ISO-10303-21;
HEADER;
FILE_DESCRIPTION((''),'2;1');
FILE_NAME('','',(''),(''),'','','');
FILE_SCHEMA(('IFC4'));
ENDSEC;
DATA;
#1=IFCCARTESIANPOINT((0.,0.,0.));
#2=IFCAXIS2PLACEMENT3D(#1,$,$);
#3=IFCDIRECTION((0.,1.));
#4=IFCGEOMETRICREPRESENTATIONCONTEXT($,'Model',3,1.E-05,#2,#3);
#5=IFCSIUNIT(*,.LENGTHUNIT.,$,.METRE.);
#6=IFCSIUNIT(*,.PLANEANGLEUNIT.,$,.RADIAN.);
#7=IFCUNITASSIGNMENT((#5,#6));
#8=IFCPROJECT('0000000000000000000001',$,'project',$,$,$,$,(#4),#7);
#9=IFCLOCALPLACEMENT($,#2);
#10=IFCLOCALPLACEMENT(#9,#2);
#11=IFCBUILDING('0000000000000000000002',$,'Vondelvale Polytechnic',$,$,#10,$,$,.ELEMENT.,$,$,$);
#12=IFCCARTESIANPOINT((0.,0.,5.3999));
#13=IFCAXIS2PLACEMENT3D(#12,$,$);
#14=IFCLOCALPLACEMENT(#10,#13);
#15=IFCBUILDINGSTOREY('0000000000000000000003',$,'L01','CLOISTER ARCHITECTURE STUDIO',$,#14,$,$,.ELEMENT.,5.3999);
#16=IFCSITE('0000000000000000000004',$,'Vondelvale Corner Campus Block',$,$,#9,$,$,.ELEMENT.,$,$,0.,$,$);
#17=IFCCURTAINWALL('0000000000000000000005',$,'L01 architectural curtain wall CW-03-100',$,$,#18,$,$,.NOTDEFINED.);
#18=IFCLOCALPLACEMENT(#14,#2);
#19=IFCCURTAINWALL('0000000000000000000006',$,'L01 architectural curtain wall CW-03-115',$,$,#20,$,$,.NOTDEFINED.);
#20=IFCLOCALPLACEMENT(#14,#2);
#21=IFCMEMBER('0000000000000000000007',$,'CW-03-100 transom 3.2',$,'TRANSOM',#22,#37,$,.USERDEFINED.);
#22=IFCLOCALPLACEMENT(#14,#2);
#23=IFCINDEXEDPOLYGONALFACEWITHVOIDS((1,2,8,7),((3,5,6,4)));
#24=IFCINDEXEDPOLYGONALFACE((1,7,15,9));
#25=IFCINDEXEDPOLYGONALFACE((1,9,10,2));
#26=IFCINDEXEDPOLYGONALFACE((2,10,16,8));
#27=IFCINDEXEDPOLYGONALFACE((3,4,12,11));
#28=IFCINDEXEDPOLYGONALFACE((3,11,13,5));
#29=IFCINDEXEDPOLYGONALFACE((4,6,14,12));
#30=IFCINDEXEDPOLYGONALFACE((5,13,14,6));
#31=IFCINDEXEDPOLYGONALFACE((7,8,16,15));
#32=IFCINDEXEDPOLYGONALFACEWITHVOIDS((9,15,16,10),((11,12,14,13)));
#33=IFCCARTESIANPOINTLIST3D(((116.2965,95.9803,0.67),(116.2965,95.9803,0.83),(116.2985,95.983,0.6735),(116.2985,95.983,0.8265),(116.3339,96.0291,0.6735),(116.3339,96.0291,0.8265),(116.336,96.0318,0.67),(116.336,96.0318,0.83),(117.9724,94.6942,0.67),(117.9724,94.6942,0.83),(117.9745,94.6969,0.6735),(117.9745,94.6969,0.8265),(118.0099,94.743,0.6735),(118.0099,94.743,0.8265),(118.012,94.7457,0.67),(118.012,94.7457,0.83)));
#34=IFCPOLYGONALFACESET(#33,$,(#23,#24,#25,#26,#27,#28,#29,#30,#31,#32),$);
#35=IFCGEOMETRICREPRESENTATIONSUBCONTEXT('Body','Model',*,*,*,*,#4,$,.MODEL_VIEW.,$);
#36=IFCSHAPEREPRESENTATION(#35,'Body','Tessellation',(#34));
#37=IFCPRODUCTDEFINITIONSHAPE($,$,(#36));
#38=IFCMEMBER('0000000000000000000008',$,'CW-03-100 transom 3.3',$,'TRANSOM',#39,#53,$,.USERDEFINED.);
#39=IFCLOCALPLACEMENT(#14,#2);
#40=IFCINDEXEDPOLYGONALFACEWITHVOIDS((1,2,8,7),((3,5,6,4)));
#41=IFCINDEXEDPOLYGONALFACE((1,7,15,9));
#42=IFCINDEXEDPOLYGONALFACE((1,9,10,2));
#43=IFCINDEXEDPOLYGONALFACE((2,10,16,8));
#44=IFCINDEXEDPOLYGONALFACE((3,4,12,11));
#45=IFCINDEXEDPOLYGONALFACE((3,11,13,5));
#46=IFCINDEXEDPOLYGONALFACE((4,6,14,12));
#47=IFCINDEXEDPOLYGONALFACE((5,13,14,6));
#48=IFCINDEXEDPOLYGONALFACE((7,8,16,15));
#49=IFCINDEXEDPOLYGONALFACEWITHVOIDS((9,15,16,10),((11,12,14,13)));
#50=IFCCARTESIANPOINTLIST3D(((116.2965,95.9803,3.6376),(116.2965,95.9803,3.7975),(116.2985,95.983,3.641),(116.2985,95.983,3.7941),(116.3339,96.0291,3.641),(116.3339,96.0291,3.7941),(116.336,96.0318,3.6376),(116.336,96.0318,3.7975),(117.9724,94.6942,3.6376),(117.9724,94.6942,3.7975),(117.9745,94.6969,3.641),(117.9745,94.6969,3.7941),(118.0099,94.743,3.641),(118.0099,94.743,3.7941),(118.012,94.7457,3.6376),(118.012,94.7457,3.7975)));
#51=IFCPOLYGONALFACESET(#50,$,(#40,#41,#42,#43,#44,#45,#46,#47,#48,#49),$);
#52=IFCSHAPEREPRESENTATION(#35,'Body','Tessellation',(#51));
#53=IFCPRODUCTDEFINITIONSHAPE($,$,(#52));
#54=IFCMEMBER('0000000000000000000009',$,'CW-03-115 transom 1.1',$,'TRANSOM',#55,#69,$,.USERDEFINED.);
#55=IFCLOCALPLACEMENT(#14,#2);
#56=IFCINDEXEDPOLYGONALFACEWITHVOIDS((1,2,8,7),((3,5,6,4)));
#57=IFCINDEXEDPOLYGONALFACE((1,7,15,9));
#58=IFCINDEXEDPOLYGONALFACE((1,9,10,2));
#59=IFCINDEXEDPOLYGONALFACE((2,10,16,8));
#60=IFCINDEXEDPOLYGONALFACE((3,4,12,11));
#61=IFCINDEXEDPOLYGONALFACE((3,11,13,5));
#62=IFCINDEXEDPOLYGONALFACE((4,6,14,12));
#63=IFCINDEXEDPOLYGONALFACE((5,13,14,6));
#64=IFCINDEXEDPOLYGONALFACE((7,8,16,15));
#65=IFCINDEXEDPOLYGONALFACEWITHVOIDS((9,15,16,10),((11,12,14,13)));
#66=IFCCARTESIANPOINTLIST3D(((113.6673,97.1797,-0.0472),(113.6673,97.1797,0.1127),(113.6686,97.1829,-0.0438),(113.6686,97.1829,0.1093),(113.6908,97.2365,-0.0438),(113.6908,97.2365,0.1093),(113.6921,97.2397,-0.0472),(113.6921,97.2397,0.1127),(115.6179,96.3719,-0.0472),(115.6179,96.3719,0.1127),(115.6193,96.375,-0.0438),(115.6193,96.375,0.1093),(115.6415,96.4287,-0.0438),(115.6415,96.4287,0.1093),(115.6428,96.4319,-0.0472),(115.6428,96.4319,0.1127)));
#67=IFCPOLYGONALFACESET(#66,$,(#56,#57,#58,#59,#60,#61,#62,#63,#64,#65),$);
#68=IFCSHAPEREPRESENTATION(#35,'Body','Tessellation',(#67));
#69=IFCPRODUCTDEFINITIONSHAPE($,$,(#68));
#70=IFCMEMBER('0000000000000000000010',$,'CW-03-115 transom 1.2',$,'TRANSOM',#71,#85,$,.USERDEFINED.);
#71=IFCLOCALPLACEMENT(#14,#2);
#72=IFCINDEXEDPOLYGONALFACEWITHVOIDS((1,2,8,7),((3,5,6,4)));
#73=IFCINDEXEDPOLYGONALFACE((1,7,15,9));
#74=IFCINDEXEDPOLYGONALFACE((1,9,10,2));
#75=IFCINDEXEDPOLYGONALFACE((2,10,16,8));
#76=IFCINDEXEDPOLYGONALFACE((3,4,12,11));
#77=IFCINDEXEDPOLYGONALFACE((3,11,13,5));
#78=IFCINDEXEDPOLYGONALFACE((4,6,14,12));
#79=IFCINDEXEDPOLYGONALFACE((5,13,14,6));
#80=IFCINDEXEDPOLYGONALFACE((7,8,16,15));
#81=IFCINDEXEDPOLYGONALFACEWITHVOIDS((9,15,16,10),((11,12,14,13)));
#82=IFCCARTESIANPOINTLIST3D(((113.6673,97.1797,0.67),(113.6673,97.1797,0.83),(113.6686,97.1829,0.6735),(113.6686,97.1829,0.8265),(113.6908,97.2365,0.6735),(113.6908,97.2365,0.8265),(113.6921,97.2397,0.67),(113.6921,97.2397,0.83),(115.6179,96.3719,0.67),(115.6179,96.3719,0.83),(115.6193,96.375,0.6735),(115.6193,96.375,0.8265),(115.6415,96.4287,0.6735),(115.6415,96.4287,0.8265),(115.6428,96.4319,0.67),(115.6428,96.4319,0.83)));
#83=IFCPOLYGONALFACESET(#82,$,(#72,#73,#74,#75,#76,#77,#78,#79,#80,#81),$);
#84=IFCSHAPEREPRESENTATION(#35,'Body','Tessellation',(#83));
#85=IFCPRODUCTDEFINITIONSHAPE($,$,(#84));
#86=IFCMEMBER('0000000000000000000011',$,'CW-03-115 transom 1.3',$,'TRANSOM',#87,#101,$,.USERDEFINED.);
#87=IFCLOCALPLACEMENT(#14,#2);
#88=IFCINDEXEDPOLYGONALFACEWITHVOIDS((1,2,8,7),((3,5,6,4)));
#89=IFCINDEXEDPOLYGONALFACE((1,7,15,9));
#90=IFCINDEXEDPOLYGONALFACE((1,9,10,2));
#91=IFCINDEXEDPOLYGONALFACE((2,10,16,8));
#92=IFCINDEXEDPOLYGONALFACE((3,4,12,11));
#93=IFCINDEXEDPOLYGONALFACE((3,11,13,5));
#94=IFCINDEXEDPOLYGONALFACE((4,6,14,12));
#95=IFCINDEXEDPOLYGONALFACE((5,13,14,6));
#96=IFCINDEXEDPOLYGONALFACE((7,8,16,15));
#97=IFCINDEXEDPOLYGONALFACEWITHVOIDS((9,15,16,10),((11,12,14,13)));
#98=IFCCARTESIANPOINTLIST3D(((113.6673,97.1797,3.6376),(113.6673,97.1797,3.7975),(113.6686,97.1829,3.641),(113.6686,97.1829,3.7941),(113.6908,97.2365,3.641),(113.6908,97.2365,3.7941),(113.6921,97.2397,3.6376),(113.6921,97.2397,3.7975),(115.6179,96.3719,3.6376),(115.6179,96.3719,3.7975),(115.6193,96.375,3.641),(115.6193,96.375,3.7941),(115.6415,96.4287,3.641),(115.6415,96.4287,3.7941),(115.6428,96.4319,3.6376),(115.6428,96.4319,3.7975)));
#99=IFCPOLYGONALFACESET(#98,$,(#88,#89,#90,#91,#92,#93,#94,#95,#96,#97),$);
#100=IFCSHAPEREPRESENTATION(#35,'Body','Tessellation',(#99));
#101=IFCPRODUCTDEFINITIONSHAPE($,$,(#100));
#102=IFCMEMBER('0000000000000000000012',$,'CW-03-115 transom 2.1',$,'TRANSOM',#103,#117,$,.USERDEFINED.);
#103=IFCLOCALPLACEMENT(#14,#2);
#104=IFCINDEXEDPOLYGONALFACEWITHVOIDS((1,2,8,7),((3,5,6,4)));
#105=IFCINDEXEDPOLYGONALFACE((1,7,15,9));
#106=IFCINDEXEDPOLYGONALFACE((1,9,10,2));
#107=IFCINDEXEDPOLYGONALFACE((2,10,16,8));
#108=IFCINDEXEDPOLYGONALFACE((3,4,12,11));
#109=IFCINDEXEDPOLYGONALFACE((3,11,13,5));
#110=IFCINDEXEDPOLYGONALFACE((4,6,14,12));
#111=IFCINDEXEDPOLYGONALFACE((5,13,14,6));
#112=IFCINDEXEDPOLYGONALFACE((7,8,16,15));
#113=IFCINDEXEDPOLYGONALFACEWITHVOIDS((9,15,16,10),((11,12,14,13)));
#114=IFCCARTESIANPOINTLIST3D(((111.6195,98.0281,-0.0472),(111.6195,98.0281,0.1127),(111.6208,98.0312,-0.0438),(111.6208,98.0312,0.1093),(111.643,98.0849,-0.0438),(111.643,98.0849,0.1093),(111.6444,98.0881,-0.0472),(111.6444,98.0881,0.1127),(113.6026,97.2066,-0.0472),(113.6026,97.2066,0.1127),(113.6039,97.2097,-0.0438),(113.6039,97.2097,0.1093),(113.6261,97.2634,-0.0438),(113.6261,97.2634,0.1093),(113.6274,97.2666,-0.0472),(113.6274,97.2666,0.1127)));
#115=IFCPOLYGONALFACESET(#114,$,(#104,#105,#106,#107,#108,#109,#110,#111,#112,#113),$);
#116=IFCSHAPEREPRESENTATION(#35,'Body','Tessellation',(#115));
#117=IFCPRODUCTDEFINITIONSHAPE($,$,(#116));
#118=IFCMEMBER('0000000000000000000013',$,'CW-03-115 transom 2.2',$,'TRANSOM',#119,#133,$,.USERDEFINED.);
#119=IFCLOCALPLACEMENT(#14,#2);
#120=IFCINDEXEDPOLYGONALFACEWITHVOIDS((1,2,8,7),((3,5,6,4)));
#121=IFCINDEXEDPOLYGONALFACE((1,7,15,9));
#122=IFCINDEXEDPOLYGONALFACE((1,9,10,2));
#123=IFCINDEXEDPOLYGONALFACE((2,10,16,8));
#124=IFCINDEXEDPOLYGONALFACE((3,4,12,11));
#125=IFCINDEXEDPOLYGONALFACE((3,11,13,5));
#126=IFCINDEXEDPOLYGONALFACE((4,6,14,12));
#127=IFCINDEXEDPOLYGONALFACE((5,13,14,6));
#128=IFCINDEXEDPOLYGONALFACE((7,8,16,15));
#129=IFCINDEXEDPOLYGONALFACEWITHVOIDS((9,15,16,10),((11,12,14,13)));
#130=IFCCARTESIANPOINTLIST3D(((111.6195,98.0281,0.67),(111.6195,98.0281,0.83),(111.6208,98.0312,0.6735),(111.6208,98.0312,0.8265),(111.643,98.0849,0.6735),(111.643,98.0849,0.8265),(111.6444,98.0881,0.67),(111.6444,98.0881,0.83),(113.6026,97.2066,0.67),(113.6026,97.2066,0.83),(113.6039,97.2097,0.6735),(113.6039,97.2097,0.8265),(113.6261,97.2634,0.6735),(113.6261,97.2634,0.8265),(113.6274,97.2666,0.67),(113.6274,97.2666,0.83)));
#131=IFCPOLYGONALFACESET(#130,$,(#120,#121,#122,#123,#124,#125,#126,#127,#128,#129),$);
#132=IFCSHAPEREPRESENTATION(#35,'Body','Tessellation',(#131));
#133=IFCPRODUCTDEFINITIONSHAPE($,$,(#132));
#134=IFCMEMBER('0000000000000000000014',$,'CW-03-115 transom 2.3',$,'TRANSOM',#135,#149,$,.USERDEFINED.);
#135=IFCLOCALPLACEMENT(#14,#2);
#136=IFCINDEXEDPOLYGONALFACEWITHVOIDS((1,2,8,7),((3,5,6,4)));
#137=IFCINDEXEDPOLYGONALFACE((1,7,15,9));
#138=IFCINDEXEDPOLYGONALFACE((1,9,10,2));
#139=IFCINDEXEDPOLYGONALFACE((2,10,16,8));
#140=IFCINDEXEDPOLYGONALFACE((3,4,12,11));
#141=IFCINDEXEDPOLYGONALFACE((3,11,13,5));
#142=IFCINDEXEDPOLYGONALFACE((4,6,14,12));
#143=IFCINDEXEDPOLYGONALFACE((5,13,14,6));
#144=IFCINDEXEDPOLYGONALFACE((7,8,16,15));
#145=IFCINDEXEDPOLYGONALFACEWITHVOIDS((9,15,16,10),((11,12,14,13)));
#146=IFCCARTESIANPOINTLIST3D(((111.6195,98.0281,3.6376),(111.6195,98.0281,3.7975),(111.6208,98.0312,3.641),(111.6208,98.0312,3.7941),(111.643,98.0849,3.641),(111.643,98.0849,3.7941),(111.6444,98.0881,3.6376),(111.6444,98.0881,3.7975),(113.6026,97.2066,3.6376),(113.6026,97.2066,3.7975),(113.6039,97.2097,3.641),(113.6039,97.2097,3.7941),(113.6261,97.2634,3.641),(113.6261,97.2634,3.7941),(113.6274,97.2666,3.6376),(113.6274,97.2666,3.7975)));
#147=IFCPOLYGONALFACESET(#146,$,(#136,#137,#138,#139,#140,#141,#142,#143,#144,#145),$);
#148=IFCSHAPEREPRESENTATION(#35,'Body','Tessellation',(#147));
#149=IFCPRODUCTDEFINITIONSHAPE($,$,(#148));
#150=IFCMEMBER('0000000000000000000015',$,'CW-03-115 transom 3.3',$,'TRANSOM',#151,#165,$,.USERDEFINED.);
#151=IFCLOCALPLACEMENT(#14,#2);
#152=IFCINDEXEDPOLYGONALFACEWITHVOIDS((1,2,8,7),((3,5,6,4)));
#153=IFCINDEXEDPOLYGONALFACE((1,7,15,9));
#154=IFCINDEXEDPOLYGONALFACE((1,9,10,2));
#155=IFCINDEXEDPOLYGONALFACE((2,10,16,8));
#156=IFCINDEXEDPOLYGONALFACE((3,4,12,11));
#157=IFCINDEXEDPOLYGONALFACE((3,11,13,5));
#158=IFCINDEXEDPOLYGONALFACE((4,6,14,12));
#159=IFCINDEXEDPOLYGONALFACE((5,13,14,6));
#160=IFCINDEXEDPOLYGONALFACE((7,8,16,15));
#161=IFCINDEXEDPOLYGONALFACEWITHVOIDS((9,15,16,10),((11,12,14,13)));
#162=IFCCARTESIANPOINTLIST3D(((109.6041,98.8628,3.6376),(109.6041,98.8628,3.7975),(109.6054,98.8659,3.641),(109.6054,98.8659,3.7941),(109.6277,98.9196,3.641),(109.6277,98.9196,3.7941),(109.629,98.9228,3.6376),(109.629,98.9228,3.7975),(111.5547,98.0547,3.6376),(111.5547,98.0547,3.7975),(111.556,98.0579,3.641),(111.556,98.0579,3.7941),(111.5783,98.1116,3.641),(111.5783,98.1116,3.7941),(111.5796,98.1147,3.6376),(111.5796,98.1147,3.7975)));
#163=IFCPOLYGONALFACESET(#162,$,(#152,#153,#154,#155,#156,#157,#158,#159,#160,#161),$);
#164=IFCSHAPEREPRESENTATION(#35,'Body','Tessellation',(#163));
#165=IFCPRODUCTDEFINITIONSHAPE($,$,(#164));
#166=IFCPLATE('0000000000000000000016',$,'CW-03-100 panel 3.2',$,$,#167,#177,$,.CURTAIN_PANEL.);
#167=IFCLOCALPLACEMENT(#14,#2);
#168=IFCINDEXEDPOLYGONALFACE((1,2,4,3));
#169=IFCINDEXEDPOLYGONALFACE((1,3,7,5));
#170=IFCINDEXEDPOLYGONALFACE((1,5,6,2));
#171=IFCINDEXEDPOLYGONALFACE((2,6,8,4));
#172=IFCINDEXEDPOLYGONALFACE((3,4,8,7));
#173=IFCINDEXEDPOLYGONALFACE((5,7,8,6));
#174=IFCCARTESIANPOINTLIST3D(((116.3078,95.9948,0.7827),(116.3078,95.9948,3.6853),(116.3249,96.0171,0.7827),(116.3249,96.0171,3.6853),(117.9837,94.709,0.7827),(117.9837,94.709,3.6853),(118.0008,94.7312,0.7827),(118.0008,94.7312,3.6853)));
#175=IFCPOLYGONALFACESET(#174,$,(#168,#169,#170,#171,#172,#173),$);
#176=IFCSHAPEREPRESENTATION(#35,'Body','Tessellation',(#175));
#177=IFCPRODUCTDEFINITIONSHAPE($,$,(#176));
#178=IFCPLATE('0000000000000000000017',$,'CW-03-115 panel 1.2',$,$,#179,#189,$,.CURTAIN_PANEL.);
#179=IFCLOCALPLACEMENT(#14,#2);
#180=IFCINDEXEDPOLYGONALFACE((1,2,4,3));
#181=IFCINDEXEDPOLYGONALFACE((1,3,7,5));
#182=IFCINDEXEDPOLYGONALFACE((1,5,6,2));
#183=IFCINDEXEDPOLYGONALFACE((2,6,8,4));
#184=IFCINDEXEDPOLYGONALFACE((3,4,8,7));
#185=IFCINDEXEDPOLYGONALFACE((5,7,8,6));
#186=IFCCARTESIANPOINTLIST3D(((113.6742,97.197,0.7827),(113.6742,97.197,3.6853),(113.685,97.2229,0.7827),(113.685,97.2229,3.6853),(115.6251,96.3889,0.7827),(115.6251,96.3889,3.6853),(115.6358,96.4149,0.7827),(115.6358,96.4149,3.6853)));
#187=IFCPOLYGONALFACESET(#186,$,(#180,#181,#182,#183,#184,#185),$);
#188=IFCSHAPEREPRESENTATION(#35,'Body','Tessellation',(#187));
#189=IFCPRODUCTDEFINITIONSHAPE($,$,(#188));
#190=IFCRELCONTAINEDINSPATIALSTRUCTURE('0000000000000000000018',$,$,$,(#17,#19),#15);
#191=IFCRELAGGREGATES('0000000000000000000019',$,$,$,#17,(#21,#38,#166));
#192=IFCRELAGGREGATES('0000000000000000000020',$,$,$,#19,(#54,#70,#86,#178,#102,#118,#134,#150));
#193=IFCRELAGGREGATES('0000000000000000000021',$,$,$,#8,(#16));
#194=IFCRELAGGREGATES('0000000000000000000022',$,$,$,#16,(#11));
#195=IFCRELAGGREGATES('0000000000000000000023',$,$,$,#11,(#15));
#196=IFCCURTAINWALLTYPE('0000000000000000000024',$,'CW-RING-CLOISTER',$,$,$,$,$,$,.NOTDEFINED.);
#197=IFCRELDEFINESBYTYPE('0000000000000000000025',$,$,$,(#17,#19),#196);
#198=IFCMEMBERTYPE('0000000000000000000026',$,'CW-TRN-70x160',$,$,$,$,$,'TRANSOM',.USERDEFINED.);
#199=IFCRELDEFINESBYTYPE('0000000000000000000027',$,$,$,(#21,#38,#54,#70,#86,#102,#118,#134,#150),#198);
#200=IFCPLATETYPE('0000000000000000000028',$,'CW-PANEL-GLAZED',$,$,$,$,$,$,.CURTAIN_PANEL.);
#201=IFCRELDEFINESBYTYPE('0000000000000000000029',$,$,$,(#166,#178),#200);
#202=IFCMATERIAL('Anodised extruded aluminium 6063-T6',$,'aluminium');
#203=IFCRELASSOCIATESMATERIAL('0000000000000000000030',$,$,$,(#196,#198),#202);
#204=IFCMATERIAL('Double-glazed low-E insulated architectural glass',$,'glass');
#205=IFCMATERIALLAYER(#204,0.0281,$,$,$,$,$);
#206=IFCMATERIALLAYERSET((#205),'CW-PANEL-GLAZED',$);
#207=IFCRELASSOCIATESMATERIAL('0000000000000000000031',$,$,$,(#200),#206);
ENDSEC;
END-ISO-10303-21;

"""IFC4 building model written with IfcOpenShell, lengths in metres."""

from ifc_helpers import new_model, si_unit, direction, frame, origin, origin_2d, place, context, subcontext, project, spatial, rectangle, hollow_rectangle, extrude, material, layer, layer_set, material_profile, profile_set, type_object, element, aggregate, save


model = new_model("IFC4")

# Units and contexts
model_context = context("Model", 3, precision=1e-05, world=origin(), true_north=direction((0.0, 1.0)))
body_context = subcontext(model_context, "Body", "Model", "MODEL_VIEW")
ifc_project = project(units=[si_unit("LENGTHUNIT", "METRE"), si_unit("PLANEANGLEUNIT", "RADIAN")], contexts=[model_context])

# Site, building, storey
site_placement = place(None, origin())
site = spatial("IfcSite", under=ifc_project, at=site_placement, Name="Vondelvale Corner Campus Block", CompositionType="ELEMENT", RefElevation=0.0)
building_placement = place(site_placement, origin())
building = spatial("IfcBuilding", under=site, at=building_placement, Name="Vondelvale Polytechnic", CompositionType="ELEMENT")
storey_placement = place(building_placement, frame((0.0, 0.0, 5.3999)))
storey = spatial("IfcBuildingStorey", under=building, at=storey_placement, Name="L01", Description="CLOISTER ARCHITECTURE STUDIO", CompositionType="ELEMENT", Elevation=5.3999)

# Curtain wall
ifc_material_1 = material(Name="Anodised extruded aluminium 6063-T6", Category="aluminium")
curtain_wall_type = type_object("IfcCurtainWallType", Name="CW-RING-CLOISTER", PredefinedType="NOTDEFINED", material=ifc_material_1)
curtain_wall_1_placement = place(storey_placement, origin())
curtain_wall_1 = element("IfcCurtainWall", 1, at=curtain_wall_1_placement, inside=storey, type_object=curtain_wall_type, Name="L01 architectural curtain wall CW-03-100", PredefinedType="NOTDEFINED")

# Curtain wall
curtain_wall_2_placement = place(storey_placement, origin())
curtain_wall_2 = element("IfcCurtainWall", 2, at=curtain_wall_2_placement, inside=storey, type_object=curtain_wall_type, Name="L01 architectural curtain wall CW-03-115", PredefinedType="NOTDEFINED")

# Members
ifc_material_profile_1 = material_profile(ifc_material_1, hollow_rectangle(XDim=0.0649, YDim=0.1599, WallThickness=0.0034, at=origin_2d()), Name="CW-TRN-160x65")
ifc_profile_set_1 = profile_set([ifc_material_profile_1], Name="Anodised extruded aluminium 6063-T6")
member_type_1 = type_object("IfcMemberType", Name="CW-TRN-70x160", ElementType="TRANSOM", PredefinedType="USERDEFINED", material=ifc_profile_set_1)
member_1_placement = place(storey_placement, frame((117.9922, 94.72, 0.75), z_axis=(-0.793337, 0.608783, 0.0), x_axis=(-0.608783, -0.793337, 0.0)))
member_1 = element("IfcMember", 3, at=member_1_placement, type_object=member_type_1, Name="CW-03-100 transom 3.2", ObjectType="TRANSOM", PredefinedType="USERDEFINED", context=body_context, shape_type="SweptSolid", body=[
    extrude(hollow_rectangle(XDim=0.0649, YDim=0.1599, WallThickness=0.0034, at=origin_2d()), origin(), (0.0, 0.0, 1.0), 2.1125),
])
member_2_placement = place(storey_placement, frame((117.9922, 94.72, 3.7175), z_axis=(-0.793337, 0.608783, 0.0), x_axis=(-0.608783, -0.793337, 0.0)))
member_2 = element("IfcMember", 4, at=member_2_placement, type_object=member_type_1, Name="CW-03-100 transom 3.3", ObjectType="TRANSOM", PredefinedType="USERDEFINED", context=body_context, shape_type="SweptSolid", body=[
    extrude(hollow_rectangle(XDim=0.0649, YDim=0.1599, WallThickness=0.0034, at=origin_2d()), origin(), (0.0, 0.0, 1.0), 2.1125),
])
member_3_placement = place(storey_placement, frame((115.6304, 96.4019, 0.0327), z_axis=(-0.923903, 0.382628, 0.0), x_axis=(-0.382628, -0.923903, 0.0)))
member_3 = element("IfcMember", 5, at=member_3_placement, type_object=member_type_1, Name="CW-03-115 transom 1.1", ObjectType="TRANSOM", PredefinedType="USERDEFINED", context=body_context, shape_type="SweptSolid", body=[
    extrude(hollow_rectangle(XDim=0.0649, YDim=0.1599, WallThickness=0.0034, at=origin_2d()), origin(), (0.0, 0.0, 1.0), 2.1113),
])
member_4_placement = place(storey_placement, frame((115.6304, 96.4019, 0.75), z_axis=(-0.923903, 0.382628, 0.0), x_axis=(-0.382628, -0.923903, 0.0)))
member_4 = element("IfcMember", 6, at=member_4_placement, type_object=member_type_1, Name="CW-03-115 transom 1.2", ObjectType="TRANSOM", PredefinedType="USERDEFINED", context=body_context, shape_type="SweptSolid", body=[
    extrude(hollow_rectangle(XDim=0.0649, YDim=0.1599, WallThickness=0.0034, at=origin_2d()), origin(), (0.0, 0.0, 1.0), 2.1113),
])
member_5_placement = place(storey_placement, frame((115.6304, 96.4019, 3.7175), z_axis=(-0.923903, 0.382628, 0.0), x_axis=(-0.382628, -0.923903, 0.0)))
member_5 = element("IfcMember", 7, at=member_5_placement, type_object=member_type_1, Name="CW-03-115 transom 1.3", ObjectType="TRANSOM", PredefinedType="USERDEFINED", context=body_context, shape_type="SweptSolid", body=[
    extrude(hollow_rectangle(XDim=0.0649, YDim=0.1599, WallThickness=0.0034, at=origin_2d()), origin(), (0.0, 0.0, 1.0), 2.1113),
])
member_6_placement = place(storey_placement, frame((113.615, 97.2366, 0.0327), z_axis=(-0.923866, 0.382717, 0.0), x_axis=(-0.382717, -0.923866, 0.0)))
member_6 = element("IfcMember", 8, at=member_6_placement, type_object=member_type_1, Name="CW-03-115 transom 2.1", ObjectType="TRANSOM", PredefinedType="USERDEFINED", context=body_context, shape_type="SweptSolid", body=[
    extrude(hollow_rectangle(XDim=0.0649, YDim=0.1599, WallThickness=0.0034, at=origin_2d()), origin(), (0.0, 0.0, 1.0), 2.1465),
])
member_7_placement = place(storey_placement, frame((113.615, 97.2366, 0.75), z_axis=(-0.923866, 0.382717, 0.0), x_axis=(-0.382717, -0.923866, 0.0)))
member_7 = element("IfcMember", 9, at=member_7_placement, type_object=member_type_1, Name="CW-03-115 transom 2.2", ObjectType="TRANSOM", PredefinedType="USERDEFINED", context=body_context, shape_type="SweptSolid", body=[
    extrude(hollow_rectangle(XDim=0.0649, YDim=0.1599, WallThickness=0.0034, at=origin_2d()), origin(), (0.0, 0.0, 1.0), 2.1465),
])
member_8_placement = place(storey_placement, frame((113.615, 97.2366, 3.7175), z_axis=(-0.923866, 0.382717, 0.0), x_axis=(-0.382717, -0.923866, 0.0)))
member_8 = element("IfcMember", 10, at=member_8_placement, type_object=member_type_1, Name="CW-03-115 transom 2.3", ObjectType="TRANSOM", PredefinedType="USERDEFINED", context=body_context, shape_type="SweptSolid", body=[
    extrude(hollow_rectangle(XDim=0.0649, YDim=0.1599, WallThickness=0.0034, at=origin_2d()), origin(), (0.0, 0.0, 1.0), 2.1465),
])
member_9_placement = place(storey_placement, frame((111.5671, 98.0847, 3.7175), z_axis=(-0.923862, 0.382726, 0.0), x_axis=(-0.382726, -0.923862, 0.0)))
member_9 = element("IfcMember", 11, at=member_9_placement, type_object=member_type_1, Name="CW-03-115 transom 3.3", ObjectType="TRANSOM", PredefinedType="USERDEFINED", context=body_context, shape_type="SweptSolid", body=[
    extrude(hollow_rectangle(XDim=0.0649, YDim=0.1599, WallThickness=0.0034, at=origin_2d()), origin(), (0.0, 0.0, 1.0), 2.1113),
])

# Plates
ifc_material_2 = material(Name="Double-glazed low-E insulated architectural glass", Category="glass")
ifc_layer_1 = layer(ifc_material_2, 0.0281)
ifc_layer_set_1 = layer_set([ifc_layer_1], Name="CW-PANEL-GLAZED")
plate_type_1 = type_object("IfcPlateType", Name="CW-PANEL-GLAZED", PredefinedType="CURTAIN_PANEL", material=ifc_layer_set_1)
plate_1_placement = place(storey_placement, frame((117.1543, 95.363, 0.7827), z_axis=(0.0, 0.0, 1.0), x_axis=(-0.793364, 0.608748, 0.0)))
plate_1 = element("IfcPlate", 12, at=plate_1_placement, type_object=plate_type_1, Name="CW-03-100 panel 3.2", PredefinedType="CURTAIN_PANEL", context=body_context, shape_type="SweptSolid", body=[
    extrude(rectangle(XDim=2.1123, YDim=0.0281, at=origin_2d()), origin(), (0.0, 0.0, 1.0), 2.9026),
])
plate_2_placement = place(storey_placement, frame((114.655, 96.8059, 0.7827), z_axis=(0.0, 0.0, 1.0), x_axis=(-0.923882, 0.382679, 0.0)))
plate_2 = element("IfcPlate", 13, at=plate_2_placement, type_object=plate_type_1, Name="CW-03-115 panel 1.2", PredefinedType="CURTAIN_PANEL", context=body_context, shape_type="SweptSolid", body=[
    extrude(rectangle(XDim=2.1116, YDim=0.0281, at=origin_2d()), origin(), (0.0, 0.0, 1.0), 2.9026),
])
aggregate(curtain_wall_1, [member_1, member_2, plate_1])
aggregate(curtain_wall_2, [member_3, member_4, member_5, plate_2, member_6, member_7, member_8, member_9])

save(model, "model.ifc")
